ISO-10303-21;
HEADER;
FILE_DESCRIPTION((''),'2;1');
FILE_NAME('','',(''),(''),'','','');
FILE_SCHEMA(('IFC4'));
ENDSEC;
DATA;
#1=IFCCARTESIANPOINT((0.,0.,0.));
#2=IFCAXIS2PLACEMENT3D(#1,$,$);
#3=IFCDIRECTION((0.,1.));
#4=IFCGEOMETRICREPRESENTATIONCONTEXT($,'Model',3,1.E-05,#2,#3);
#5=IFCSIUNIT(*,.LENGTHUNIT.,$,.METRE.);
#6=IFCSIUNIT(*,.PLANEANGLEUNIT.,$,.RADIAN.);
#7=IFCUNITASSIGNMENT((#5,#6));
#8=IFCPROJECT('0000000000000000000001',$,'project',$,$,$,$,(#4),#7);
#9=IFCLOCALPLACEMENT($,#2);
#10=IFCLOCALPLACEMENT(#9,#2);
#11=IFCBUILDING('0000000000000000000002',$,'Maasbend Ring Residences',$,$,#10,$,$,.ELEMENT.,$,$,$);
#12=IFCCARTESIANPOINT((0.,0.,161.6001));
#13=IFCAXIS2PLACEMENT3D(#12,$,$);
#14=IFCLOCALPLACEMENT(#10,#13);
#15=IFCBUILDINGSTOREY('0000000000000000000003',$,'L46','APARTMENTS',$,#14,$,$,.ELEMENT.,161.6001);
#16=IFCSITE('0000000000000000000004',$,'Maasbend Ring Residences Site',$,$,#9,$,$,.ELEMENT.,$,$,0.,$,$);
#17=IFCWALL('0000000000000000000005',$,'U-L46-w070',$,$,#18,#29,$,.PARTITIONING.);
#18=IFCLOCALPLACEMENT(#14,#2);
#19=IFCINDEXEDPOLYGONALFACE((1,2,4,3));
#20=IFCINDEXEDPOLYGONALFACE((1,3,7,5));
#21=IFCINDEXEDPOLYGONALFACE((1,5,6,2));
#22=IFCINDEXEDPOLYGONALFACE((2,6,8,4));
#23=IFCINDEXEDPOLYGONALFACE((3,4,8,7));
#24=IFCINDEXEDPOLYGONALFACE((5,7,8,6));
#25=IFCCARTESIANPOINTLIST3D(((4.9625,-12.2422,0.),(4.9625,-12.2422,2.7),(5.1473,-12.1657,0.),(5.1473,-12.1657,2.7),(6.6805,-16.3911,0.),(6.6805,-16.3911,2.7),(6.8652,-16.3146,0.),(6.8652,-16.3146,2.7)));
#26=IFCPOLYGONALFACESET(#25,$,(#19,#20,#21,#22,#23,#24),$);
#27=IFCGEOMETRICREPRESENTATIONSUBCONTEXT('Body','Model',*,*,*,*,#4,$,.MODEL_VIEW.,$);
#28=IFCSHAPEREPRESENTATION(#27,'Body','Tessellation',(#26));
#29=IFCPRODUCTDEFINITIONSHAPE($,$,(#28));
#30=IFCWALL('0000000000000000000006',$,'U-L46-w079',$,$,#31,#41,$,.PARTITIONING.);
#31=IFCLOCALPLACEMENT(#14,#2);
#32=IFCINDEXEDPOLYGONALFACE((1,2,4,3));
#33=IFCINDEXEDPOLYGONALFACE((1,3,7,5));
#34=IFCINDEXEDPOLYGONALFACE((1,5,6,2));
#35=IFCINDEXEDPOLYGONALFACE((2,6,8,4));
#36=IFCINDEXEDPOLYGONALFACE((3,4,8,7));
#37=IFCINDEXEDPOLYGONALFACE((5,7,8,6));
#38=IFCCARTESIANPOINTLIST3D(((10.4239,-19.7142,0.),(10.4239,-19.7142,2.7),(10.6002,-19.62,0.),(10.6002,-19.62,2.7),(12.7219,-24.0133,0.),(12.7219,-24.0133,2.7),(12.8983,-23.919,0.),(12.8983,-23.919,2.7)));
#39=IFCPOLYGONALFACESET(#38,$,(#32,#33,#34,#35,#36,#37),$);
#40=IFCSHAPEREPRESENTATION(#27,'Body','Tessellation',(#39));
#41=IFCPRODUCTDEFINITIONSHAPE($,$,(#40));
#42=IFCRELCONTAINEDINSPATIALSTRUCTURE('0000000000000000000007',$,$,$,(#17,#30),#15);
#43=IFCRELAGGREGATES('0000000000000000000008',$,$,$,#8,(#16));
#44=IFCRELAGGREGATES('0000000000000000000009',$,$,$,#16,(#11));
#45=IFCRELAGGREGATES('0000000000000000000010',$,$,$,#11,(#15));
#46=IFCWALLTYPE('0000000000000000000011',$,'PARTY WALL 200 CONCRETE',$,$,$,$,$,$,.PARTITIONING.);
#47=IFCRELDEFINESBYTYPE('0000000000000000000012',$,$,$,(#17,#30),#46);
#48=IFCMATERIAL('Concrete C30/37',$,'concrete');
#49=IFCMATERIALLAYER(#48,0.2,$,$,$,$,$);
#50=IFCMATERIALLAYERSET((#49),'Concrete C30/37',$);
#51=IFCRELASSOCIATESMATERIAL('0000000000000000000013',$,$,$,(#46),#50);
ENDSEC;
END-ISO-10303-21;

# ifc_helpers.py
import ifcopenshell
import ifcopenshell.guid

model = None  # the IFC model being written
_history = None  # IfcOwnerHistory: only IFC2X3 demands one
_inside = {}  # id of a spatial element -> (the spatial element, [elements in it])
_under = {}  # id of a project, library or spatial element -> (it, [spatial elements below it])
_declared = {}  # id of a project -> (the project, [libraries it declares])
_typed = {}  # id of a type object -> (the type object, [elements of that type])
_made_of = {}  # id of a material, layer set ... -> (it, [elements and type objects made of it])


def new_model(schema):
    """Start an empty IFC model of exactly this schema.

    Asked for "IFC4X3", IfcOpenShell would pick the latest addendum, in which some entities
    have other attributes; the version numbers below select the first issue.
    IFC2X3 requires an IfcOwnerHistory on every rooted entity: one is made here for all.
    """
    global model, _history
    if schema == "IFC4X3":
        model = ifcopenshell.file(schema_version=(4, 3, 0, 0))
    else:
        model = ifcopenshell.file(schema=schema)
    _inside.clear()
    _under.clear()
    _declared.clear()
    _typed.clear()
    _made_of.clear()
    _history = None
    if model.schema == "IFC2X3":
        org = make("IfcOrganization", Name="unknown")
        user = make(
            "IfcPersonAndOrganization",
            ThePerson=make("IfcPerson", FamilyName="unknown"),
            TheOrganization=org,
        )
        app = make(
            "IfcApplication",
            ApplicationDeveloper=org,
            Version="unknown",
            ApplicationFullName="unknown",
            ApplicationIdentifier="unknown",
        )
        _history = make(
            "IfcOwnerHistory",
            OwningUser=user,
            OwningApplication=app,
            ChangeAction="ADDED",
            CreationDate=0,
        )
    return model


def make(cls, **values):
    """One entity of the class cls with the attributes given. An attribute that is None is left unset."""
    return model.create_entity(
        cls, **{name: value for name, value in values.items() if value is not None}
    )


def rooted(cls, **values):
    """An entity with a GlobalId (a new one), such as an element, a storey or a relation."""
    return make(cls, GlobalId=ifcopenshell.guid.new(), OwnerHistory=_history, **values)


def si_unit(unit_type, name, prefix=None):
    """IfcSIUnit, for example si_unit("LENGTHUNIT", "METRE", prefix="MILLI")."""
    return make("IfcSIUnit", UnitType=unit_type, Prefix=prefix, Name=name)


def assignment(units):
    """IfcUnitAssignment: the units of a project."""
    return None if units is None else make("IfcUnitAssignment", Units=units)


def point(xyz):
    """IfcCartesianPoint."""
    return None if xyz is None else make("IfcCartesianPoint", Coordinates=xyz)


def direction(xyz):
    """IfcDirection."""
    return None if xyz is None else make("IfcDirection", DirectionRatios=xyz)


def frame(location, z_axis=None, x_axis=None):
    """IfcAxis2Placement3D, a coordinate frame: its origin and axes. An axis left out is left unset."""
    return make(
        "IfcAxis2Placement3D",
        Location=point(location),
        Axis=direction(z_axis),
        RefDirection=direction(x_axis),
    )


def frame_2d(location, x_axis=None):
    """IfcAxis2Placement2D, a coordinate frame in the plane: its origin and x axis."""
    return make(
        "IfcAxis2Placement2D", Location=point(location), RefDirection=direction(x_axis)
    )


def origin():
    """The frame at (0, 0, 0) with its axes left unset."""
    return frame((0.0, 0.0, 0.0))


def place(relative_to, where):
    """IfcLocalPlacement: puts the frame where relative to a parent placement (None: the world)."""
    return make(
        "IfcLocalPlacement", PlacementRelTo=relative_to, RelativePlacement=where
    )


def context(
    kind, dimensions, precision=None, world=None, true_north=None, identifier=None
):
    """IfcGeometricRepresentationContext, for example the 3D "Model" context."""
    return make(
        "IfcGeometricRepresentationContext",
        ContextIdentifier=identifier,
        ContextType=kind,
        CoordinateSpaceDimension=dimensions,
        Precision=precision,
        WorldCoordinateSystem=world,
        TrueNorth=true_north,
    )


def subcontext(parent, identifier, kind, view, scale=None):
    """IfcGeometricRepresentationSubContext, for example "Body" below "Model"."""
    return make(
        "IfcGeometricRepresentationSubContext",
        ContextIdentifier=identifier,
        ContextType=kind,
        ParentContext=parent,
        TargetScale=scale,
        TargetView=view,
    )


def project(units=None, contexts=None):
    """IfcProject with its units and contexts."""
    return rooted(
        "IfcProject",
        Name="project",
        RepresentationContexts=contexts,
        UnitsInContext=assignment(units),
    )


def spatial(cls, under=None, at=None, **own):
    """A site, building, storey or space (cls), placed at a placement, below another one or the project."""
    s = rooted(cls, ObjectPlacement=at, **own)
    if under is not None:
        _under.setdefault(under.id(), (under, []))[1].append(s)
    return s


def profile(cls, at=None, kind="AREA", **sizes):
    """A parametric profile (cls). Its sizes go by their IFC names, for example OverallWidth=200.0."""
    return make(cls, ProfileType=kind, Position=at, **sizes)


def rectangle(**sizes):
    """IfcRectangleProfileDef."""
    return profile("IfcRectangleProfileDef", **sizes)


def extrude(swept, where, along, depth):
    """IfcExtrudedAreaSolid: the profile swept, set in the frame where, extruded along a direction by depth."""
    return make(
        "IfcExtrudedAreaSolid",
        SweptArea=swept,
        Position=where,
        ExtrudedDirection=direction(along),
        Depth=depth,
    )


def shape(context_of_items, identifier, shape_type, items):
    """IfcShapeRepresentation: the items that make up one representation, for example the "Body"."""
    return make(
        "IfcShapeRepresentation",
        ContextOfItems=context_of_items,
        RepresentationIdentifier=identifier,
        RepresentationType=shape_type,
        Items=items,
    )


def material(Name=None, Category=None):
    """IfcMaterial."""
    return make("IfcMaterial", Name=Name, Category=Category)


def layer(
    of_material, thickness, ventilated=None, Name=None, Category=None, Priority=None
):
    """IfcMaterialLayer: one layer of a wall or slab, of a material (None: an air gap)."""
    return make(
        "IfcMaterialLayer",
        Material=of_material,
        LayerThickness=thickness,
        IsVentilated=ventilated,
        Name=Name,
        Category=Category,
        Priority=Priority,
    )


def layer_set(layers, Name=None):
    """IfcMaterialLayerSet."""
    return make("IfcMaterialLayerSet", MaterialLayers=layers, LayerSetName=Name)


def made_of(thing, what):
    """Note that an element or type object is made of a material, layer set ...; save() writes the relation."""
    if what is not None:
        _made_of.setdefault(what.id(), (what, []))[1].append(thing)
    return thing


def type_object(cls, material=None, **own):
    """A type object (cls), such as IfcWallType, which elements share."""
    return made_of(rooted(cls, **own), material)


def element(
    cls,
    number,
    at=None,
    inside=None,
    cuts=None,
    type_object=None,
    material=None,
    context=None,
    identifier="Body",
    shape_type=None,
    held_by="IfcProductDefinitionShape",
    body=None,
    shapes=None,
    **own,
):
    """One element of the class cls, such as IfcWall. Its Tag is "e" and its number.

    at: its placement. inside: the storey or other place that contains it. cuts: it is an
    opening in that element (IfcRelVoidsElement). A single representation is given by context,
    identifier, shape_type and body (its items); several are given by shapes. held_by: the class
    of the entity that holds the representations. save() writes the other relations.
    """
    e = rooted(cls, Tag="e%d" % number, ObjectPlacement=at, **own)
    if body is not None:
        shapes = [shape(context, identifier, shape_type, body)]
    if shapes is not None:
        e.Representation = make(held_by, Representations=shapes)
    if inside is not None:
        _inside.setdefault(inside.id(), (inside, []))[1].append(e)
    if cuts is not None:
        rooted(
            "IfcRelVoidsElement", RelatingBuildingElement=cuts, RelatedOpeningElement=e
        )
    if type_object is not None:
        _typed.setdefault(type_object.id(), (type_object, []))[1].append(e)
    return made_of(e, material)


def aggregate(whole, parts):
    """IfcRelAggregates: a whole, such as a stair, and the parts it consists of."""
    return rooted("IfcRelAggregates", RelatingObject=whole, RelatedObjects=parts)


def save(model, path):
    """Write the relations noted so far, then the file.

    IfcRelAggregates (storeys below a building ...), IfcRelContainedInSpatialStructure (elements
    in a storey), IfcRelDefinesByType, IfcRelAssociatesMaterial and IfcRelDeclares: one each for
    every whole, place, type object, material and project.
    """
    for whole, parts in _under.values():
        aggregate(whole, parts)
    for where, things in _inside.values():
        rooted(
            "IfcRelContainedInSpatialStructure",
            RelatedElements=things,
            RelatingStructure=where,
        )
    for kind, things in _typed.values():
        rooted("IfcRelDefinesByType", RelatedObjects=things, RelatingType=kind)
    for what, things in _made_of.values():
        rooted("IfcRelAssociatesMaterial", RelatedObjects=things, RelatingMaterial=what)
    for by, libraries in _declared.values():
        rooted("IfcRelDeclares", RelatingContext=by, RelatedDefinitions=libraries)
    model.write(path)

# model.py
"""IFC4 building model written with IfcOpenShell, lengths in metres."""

from ifc_helpers import new_model, si_unit, direction, frame, frame_2d, origin, place, context, subcontext, project, spatial, rectangle, extrude, material, layer, layer_set, type_object, element, save


model = new_model("IFC4")

# Units and contexts
model_context = context("Model", 3, precision=1e-05, world=origin(), true_north=direction((0.0, 1.0)))
body_context = subcontext(model_context, "Body", "Model", "MODEL_VIEW")
ifc_project = project(units=[si_unit("LENGTHUNIT", "METRE"), si_unit("PLANEANGLEUNIT", "RADIAN")], contexts=[model_context])

# Site, building, storey
site_placement = place(None, origin())
site = spatial("IfcSite", under=ifc_project, at=site_placement, Name="Maasbend Ring Residences Site", CompositionType="ELEMENT", RefElevation=0.0)
building_placement = place(site_placement, origin())
building = spatial("IfcBuilding", under=site, at=building_placement, Name="Maasbend Ring Residences", CompositionType="ELEMENT")
storey_placement = place(building_placement, frame((0.0, 0.0, 161.6001)))
storey = spatial("IfcBuildingStorey", under=building, at=storey_placement, Name="L46", Description="APARTMENTS", CompositionType="ELEMENT", Elevation=161.6001)

# Walls
ifc_material_1 = material(Name="Concrete C30/37", Category="concrete")
ifc_layer_1 = layer(ifc_material_1, 0.2)
ifc_layer_set_1 = layer_set([ifc_layer_1], Name="Concrete C30/37")
wall_type_1 = type_object("IfcWallType", Name="PARTY WALL 200 CONCRETE", PredefinedType="PARTITIONING", material=ifc_layer_set_1)
wall_1_placement = place(storey_placement, frame((5.0549, -12.2041, 0.0), z_axis=(0.0, 0.0, 1.0), x_axis=(0.382584, -0.923921, 0.0)))
element("IfcWall", 1, at=wall_1_placement, inside=storey, type_object=wall_type_1, Name="U-L46-w070", PredefinedType="PARTITIONING", context=body_context, shape_type="SweptSolid", body=[
    extrude(rectangle(XDim=4.4905, YDim=0.2, at=frame_2d((2.2451, 0.0))), origin(), (0.0, 0.0, 1.0), 2.7),
])
wall_2_placement = place(storey_placement, frame((10.512, -19.667, 0.0), z_axis=(0.0, 0.0, 1.0), x_axis=(0.471428, -0.881905, 0.0)))
element("IfcWall", 2, at=wall_2_placement, inside=storey, type_object=wall_type_1, Name="U-L46-w079", PredefinedType="PARTITIONING", context=body_context, shape_type="SweptSolid", body=[
    extrude(rectangle(XDim=4.8748, YDim=0.2, at=frame_2d((2.4375, 0.0))), origin(), (0.0, 0.0, 1.0), 2.7),
])

save(model, "model.ifc")
